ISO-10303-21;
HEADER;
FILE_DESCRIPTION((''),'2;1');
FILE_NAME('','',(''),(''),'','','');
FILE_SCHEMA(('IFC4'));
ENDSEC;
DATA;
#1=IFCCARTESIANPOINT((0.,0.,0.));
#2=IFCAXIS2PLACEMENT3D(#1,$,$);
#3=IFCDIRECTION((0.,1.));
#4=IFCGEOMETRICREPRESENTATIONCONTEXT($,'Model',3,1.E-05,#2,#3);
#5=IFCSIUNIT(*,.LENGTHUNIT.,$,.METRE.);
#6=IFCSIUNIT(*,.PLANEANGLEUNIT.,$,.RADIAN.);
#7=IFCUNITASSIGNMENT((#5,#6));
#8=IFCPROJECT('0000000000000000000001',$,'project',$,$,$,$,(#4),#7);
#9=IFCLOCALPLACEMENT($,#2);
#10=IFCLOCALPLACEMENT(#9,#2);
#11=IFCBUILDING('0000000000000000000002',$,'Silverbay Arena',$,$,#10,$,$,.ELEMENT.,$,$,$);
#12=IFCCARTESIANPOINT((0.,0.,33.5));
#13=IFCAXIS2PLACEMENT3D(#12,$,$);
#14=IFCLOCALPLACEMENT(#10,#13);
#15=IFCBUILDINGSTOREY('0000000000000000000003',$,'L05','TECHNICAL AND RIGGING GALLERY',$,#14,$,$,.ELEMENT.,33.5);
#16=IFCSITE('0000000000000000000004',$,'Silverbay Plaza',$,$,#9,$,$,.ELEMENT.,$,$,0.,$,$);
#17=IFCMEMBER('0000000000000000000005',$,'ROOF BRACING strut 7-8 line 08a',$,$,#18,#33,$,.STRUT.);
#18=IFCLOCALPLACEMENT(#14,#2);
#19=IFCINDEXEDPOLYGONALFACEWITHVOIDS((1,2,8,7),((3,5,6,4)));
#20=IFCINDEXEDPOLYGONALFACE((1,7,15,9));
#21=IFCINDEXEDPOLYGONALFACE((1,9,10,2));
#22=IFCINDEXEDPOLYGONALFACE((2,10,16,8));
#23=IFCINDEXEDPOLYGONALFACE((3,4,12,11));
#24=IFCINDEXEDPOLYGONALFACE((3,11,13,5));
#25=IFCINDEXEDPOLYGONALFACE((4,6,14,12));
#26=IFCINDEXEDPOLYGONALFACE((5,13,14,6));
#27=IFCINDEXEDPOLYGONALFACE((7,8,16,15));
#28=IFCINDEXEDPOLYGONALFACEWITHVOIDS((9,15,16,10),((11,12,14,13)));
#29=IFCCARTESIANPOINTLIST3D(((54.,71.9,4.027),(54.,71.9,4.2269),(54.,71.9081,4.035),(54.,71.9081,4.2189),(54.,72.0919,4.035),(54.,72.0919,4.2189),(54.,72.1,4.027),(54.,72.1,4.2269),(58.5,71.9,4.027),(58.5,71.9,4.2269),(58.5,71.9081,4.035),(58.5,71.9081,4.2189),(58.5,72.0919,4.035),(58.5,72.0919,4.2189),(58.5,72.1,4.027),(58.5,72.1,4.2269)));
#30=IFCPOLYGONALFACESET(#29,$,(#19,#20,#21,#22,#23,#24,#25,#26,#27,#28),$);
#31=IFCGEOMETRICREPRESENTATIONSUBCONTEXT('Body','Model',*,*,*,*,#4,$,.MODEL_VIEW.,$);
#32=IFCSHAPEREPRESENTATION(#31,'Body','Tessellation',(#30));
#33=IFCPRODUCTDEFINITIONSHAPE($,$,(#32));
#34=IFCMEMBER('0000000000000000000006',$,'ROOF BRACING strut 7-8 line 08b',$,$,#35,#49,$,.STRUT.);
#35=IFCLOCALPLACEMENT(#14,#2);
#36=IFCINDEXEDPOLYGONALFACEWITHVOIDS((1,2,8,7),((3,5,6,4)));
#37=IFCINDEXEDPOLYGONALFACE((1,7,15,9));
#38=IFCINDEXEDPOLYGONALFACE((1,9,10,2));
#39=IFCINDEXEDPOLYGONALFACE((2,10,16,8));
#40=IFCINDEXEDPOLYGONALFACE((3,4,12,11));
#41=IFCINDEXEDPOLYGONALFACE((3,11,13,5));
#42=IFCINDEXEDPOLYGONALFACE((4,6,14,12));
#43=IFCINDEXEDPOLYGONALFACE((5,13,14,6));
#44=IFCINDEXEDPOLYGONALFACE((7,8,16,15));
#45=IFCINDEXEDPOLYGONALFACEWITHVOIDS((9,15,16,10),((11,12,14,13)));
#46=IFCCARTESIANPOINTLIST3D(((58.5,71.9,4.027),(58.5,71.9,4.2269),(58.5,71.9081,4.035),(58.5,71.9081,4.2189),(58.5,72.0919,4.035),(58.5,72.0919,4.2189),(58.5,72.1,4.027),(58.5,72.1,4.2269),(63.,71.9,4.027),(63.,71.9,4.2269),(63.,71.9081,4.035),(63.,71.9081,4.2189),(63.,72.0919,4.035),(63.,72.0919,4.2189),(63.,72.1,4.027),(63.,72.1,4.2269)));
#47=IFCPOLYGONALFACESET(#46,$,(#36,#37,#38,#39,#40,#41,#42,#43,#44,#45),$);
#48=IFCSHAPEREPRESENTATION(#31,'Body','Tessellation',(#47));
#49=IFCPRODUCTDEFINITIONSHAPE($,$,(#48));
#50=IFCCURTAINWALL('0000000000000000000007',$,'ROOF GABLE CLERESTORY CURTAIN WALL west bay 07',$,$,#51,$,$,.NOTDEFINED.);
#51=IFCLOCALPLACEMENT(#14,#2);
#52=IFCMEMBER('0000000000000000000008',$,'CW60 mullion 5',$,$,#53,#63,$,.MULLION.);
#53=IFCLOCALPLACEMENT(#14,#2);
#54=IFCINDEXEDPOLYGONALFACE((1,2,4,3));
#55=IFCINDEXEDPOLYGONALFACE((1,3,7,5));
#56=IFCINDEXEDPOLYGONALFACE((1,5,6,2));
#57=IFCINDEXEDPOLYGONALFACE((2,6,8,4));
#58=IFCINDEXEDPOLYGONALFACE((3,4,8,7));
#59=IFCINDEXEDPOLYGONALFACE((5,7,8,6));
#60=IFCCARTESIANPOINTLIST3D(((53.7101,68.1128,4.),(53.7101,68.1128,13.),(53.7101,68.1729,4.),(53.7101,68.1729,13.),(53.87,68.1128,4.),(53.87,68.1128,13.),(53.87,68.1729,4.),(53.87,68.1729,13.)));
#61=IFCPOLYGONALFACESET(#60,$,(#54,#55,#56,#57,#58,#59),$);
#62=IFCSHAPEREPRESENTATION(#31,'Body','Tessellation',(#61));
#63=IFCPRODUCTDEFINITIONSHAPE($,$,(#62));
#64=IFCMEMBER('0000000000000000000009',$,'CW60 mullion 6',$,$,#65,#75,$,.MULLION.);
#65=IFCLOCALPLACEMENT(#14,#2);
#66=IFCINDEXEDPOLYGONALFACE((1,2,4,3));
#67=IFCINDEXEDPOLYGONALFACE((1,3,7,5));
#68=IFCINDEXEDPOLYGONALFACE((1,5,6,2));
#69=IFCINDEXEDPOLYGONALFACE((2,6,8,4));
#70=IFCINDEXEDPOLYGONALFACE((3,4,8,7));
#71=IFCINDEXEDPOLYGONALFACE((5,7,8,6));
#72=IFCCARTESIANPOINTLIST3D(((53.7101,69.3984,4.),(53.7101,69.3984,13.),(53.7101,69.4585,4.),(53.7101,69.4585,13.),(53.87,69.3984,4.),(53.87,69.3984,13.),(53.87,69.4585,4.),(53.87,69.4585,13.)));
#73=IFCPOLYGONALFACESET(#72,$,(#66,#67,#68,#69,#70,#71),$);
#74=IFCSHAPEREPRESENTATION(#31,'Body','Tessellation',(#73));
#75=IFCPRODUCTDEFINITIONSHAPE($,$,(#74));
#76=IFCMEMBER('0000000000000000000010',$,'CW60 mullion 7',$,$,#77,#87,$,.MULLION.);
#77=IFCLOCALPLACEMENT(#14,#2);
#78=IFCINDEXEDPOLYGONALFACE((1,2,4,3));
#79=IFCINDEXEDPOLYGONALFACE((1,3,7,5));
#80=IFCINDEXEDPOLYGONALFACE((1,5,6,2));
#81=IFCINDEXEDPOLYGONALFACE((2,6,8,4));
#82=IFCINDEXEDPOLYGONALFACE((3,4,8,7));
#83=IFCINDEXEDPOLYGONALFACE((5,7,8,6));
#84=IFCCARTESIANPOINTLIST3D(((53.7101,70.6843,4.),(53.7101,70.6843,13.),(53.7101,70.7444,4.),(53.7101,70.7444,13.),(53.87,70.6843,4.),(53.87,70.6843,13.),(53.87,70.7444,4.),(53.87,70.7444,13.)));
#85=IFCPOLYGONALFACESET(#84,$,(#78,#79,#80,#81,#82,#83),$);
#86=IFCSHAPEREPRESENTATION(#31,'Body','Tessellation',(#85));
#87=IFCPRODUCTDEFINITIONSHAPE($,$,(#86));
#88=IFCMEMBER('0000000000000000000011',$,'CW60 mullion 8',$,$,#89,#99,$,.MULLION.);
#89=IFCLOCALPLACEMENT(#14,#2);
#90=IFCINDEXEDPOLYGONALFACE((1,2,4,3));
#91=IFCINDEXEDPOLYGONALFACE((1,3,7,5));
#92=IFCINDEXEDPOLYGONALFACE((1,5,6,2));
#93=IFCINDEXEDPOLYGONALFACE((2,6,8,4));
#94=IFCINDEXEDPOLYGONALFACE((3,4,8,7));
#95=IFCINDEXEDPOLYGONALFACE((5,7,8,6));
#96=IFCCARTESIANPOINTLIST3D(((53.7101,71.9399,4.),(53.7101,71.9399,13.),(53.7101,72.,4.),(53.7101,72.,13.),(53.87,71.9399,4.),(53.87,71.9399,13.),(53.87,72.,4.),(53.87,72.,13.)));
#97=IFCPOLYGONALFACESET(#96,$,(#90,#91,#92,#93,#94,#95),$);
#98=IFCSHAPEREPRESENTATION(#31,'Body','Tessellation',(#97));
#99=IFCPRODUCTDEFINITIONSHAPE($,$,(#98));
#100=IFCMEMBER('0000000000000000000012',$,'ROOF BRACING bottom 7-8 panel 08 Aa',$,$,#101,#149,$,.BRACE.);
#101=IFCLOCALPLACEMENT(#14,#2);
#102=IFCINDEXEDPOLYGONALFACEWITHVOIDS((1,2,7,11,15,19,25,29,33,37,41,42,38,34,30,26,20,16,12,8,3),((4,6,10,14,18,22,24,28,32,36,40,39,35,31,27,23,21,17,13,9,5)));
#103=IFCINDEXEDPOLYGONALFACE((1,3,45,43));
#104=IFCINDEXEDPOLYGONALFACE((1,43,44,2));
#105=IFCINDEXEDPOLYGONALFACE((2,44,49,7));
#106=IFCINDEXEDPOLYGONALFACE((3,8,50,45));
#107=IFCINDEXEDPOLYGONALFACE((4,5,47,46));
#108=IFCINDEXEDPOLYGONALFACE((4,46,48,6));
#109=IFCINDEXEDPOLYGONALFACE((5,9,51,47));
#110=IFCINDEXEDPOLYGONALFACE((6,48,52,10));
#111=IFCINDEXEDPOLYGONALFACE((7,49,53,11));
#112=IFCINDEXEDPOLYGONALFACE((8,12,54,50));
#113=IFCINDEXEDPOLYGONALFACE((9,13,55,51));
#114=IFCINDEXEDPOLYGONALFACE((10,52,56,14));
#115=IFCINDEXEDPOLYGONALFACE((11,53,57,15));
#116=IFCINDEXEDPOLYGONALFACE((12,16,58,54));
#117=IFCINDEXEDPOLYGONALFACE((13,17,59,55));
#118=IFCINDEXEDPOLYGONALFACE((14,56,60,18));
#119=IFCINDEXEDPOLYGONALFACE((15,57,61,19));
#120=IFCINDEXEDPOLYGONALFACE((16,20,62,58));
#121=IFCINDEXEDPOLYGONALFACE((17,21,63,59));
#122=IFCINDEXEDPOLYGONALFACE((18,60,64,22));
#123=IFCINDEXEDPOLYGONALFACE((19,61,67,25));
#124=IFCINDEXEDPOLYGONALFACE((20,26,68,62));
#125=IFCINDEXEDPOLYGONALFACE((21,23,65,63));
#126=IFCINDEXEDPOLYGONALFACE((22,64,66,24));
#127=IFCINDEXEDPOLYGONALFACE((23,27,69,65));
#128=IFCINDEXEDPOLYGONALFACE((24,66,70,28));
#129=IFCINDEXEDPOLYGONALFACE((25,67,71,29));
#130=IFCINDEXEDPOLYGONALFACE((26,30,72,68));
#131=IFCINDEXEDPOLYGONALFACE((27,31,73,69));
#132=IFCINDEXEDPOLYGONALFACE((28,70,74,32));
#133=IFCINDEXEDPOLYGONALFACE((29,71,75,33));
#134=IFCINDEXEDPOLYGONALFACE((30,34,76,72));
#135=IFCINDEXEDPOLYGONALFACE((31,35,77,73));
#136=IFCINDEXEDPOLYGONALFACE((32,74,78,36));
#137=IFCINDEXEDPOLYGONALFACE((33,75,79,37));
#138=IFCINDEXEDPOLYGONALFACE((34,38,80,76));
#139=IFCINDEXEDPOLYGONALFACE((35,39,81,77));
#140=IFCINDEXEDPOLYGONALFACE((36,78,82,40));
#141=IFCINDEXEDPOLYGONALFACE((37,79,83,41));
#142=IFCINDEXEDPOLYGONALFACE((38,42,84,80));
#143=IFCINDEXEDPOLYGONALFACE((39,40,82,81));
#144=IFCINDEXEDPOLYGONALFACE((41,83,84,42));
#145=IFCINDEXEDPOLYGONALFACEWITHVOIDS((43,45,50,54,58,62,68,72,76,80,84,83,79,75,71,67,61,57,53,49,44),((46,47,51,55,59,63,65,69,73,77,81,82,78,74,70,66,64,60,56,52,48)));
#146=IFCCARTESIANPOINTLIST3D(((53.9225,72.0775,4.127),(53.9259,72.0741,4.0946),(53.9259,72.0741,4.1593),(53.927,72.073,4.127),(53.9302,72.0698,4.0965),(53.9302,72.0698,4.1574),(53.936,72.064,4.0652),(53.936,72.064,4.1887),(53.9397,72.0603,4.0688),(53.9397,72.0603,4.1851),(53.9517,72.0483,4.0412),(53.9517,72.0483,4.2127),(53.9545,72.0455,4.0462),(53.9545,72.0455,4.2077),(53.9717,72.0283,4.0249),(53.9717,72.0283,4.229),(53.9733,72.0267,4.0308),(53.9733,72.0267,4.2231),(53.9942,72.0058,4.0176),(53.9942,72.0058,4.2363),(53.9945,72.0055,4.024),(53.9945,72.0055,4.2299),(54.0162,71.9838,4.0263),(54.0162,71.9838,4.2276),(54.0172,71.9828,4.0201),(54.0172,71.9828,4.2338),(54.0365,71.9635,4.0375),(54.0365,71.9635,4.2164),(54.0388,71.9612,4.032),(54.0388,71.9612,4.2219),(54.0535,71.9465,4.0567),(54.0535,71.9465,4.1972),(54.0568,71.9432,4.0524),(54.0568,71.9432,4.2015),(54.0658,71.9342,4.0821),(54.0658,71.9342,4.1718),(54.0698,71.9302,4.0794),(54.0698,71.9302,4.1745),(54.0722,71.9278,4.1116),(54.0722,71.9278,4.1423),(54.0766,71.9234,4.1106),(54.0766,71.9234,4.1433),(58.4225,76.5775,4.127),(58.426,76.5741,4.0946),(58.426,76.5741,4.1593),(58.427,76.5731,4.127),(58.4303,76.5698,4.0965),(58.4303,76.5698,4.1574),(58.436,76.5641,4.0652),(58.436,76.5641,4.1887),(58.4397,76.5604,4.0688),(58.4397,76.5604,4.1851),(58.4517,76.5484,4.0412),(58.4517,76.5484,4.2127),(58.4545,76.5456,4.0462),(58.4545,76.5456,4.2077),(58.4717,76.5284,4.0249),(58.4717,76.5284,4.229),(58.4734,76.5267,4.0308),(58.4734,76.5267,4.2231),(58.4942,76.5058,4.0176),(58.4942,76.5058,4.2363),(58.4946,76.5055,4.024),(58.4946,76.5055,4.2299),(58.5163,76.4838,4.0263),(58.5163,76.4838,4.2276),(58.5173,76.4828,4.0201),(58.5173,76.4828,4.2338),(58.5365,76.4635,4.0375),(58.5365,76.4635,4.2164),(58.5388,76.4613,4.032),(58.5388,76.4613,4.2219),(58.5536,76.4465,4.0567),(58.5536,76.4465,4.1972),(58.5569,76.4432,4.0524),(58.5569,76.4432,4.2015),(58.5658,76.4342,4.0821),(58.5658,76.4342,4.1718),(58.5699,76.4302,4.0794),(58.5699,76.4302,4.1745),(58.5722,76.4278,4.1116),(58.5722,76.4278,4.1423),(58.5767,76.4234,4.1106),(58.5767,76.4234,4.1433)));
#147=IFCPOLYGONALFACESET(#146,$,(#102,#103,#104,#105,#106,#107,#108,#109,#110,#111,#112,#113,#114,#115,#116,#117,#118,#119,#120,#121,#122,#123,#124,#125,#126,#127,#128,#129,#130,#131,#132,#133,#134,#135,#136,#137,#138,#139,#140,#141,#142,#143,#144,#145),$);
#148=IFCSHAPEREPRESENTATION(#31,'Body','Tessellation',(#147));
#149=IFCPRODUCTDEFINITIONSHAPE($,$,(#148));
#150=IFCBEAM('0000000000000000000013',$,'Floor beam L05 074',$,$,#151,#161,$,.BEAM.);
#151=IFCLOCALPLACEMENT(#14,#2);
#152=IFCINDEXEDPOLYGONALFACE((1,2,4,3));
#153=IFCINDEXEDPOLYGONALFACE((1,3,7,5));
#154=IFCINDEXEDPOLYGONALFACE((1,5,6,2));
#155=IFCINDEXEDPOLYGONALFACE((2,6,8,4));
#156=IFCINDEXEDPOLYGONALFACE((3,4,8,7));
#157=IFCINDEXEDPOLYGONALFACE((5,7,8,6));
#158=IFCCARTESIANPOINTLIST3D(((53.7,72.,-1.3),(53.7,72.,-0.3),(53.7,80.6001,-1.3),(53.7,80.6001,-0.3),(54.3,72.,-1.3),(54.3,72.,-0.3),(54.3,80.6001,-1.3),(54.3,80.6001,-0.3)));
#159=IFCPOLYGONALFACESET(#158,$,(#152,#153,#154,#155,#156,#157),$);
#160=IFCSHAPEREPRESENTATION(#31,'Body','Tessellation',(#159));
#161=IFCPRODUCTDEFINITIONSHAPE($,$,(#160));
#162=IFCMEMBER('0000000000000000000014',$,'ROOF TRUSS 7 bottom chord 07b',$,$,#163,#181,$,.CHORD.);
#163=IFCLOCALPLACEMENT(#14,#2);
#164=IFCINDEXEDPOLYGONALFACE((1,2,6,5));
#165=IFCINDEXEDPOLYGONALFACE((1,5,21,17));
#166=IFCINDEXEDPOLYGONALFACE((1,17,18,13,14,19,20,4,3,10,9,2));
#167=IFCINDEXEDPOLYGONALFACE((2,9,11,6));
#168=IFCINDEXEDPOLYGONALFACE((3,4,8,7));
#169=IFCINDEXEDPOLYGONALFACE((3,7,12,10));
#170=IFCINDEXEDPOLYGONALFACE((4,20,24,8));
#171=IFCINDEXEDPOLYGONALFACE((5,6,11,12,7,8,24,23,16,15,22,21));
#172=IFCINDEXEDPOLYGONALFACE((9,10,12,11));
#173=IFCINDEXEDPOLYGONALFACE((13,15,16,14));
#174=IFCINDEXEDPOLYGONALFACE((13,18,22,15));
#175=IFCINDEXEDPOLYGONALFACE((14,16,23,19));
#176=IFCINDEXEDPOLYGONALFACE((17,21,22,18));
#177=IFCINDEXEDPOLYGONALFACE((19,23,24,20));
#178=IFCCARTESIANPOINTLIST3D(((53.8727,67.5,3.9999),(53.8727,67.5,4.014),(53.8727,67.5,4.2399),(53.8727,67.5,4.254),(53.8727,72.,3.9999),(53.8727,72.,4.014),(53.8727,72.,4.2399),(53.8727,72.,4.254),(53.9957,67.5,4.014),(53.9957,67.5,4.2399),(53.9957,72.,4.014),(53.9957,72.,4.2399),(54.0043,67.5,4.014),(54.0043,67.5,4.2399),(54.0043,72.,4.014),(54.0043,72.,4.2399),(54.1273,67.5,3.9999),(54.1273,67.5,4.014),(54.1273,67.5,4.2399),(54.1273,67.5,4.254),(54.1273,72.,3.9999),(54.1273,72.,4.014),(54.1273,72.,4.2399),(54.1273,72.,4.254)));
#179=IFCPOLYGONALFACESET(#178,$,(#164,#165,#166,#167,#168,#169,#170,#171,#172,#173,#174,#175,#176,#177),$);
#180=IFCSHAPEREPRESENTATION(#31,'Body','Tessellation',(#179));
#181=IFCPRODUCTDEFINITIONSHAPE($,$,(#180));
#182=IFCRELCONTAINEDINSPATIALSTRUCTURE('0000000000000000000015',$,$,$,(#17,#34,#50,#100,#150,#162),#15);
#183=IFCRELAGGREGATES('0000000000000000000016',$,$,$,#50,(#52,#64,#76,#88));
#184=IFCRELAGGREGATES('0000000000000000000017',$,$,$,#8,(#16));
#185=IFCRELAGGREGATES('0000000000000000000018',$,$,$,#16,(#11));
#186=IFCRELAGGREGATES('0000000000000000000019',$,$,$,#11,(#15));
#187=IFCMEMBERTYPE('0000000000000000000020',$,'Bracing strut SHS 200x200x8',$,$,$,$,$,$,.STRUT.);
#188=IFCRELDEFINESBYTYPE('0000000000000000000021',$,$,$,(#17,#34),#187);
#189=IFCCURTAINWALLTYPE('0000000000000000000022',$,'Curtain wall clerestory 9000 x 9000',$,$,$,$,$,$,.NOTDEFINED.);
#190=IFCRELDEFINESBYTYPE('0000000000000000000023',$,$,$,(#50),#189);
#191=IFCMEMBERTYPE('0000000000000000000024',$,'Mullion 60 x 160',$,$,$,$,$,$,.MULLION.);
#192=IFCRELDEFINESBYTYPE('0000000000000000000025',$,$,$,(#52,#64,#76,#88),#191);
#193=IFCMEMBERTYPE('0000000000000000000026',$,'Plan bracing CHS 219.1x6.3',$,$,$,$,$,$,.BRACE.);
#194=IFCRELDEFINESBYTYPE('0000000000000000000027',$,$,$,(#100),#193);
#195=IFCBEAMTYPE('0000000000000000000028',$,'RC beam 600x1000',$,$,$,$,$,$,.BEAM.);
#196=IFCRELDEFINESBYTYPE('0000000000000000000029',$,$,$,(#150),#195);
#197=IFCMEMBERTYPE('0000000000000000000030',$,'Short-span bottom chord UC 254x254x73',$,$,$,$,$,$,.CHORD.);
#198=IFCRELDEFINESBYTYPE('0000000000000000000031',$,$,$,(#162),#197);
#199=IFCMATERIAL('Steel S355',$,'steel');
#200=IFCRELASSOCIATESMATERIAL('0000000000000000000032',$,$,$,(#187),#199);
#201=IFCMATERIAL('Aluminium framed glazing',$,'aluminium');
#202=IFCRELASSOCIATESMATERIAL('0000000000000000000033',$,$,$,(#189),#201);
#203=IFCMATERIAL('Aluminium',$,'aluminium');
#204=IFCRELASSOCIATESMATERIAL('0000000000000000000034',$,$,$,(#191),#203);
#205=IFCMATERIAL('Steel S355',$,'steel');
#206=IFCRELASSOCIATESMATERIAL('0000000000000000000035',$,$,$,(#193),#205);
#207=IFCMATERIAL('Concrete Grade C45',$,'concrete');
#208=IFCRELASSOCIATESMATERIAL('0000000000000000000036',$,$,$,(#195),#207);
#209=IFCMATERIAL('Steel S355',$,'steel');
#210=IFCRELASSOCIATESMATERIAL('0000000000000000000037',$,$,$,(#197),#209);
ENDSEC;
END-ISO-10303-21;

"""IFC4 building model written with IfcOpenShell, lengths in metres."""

from ifc_helpers import new_model, si_unit, direction, frame, origin, origin_2d, place, context, subcontext, project, spatial, rectangle, hollow_rectangle, hollow_circle, i_section, extrude, material, material_profile, profile_set, type_object, element, aggregate, save


model = new_model("IFC4")

# Units and contexts
model_context = context("Model", 3, precision=1e-05, world=origin(), true_north=direction((0.0, 1.0)))
body_context = subcontext(model_context, "Body", "Model", "MODEL_VIEW")
ifc_project = project(units=[si_unit("LENGTHUNIT", "METRE"), si_unit("PLANEANGLEUNIT", "RADIAN")], contexts=[model_context])

# Site, building, storey
site_placement = place(None, origin())
site = spatial("IfcSite", under=ifc_project, at=site_placement, Name="Silverbay Plaza", CompositionType="ELEMENT", RefElevation=0.0)
building_placement = place(site_placement, origin())
building = spatial("IfcBuilding", under=site, at=building_placement, Name="Silverbay Arena", CompositionType="ELEMENT")
storey_placement = place(building_placement, frame((0.0, 0.0, 33.5)))
storey = spatial("IfcBuildingStorey", under=building, at=storey_placement, Name="L05", Description="TECHNICAL AND RIGGING GALLERY", CompositionType="ELEMENT", Elevation=33.5)

# Members
ifc_material_1 = material(Name="Steel S355", Category="steel")
ifc_material_profile_1 = material_profile(ifc_material_1, hollow_rectangle(XDim=0.2, YDim=0.2, WallThickness=0.0081, at=origin_2d()), Name="SHS 200x200x8")
ifc_profile_set_1 = profile_set([ifc_material_profile_1], Name="Steel S355")
member_type_1 = type_object("IfcMemberType", Name="Bracing strut SHS 200x200x8", PredefinedType="STRUT", material=ifc_profile_set_1)
for number, where, z_axis, x_axis, name in (
    (1, (54.0, 72.0, 4.127), (1.0, 0.0, 0.0), (0.0, 1.0, 0.0), "ROOF BRACING strut 7-8 line 08a"),
    (2, (58.5, 72.0, 4.127), (1.0, 0.0, 0.0), (0.0, 1.0, 0.0), "ROOF BRACING strut 7-8 line 08b"),
):
    element("IfcMember", number, at=place(storey_placement, frame(where, z_axis=z_axis, x_axis=x_axis)), inside=storey, type_object=member_type_1, Name=name, PredefinedType="STRUT", context=body_context, shape_type="SweptSolid", body=[
        extrude(hollow_rectangle(XDim=0.2, YDim=0.2, WallThickness=0.0081, at=origin_2d()), origin(), (0.0, 0.0, 1.0), 4.5),
    ])

# Curtain wall, members
ifc_material_2 = material(Name="Aluminium framed glazing", Category="aluminium")
curtain_wall_type = type_object("IfcCurtainWallType", Name="Curtain wall clerestory 9000 x 9000", PredefinedType="NOTDEFINED", material=ifc_material_2)
curtain_wall_placement = place(storey_placement, origin())
curtain_wall = element("IfcCurtainWall", 3, at=curtain_wall_placement, inside=storey, type_object=curtain_wall_type, Name="ROOF GABLE CLERESTORY CURTAIN WALL west bay 07", PredefinedType="NOTDEFINED")
ifc_material_3 = material(Name="Aluminium", Category="aluminium")
ifc_material_profile_2 = material_profile(ifc_material_3, rectangle(XDim=0.1599, YDim=0.0601, at=origin_2d()), Name="Mullion 60 x 160")
ifc_profile_set_2 = profile_set([ifc_material_profile_2], Name="Aluminium")
member_type_2 = type_object("IfcMemberType", Name="Mullion 60 x 160", PredefinedType="MULLION", material=ifc_profile_set_2)
member_1_placement = place(storey_placement, frame((53.79, 68.1428, 4.0), z_axis=(0.0, 0.0, 1.0), x_axis=(-1.0, 0.0, 0.0)))
member_1 = element("IfcMember", 4, at=member_1_placement, type_object=member_type_2, Name="CW60 mullion 5", PredefinedType="MULLION", context=body_context, shape_type="SweptSolid", body=[
    extrude(rectangle(XDim=0.1599, YDim=0.0601, at=origin_2d()), origin(), (0.0, 0.0, 1.0), 9.0),
])
member_2_placement = place(storey_placement, frame((53.79, 69.4285, 4.0), z_axis=(0.0, 0.0, 1.0), x_axis=(-1.0, 0.0, 0.0)))
member_2 = element("IfcMember", 5, at=member_2_placement, type_object=member_type_2, Name="CW60 mullion 6", PredefinedType="MULLION", context=body_context, shape_type="SweptSolid", body=[
    extrude(rectangle(XDim=0.1599, YDim=0.0601, at=origin_2d()), origin(), (0.0, 0.0, 1.0), 9.0),
])
member_3_placement = place(storey_placement, frame((53.79, 70.7144, 4.0), z_axis=(0.0, 0.0, 1.0), x_axis=(-1.0, 0.0, 0.0)))
member_3 = element("IfcMember", 6, at=member_3_placement, type_object=member_type_2, Name="CW60 mullion 7", PredefinedType="MULLION", context=body_context, shape_type="SweptSolid", body=[
    extrude(rectangle(XDim=0.1599, YDim=0.0601, at=origin_2d()), origin(), (0.0, 0.0, 1.0), 9.0),
])
member_4_placement = place(storey_placement, frame((53.79, 71.97, 4.0), z_axis=(0.0, 0.0, 1.0), x_axis=(-1.0, 0.0, 0.0)))
member_4 = element("IfcMember", 7, at=member_4_placement, type_object=member_type_2, Name="CW60 mullion 8", PredefinedType="MULLION", context=body_context, shape_type="SweptSolid", body=[
    extrude(rectangle(XDim=0.1599, YDim=0.0601, at=origin_2d()), origin(), (0.0, 0.0, 1.0), 9.0),
])

# Member
ifc_material_4 = material(Name="Steel S355", Category="steel")
ifc_material_profile_3 = material_profile(ifc_material_4, hollow_circle(Radius=0.1096, WallThickness=0.0063, at=origin_2d()), Name="CHS 219.1x6.3")
ifc_profile_set_3 = profile_set([ifc_material_profile_3], Name="Steel S355")
member_type_3 = type_object("IfcMemberType", Name="Plan bracing CHS 219.1x6.3", PredefinedType="BRACE", material=ifc_profile_set_3)
member_5_placement = place(storey_placement, frame((54.0, 72.0, 4.127), z_axis=(0.707107, 0.707107, 0.0), x_axis=(-0.707107, 0.707107, 0.0)))
element("IfcMember", 8, at=member_5_placement, inside=storey, type_object=member_type_3, Name="ROOF BRACING bottom 7-8 panel 08 Aa", PredefinedType="BRACE", context=body_context, shape_type="SweptSolid", body=[
    extrude(hollow_circle(Radius=0.1096, WallThickness=0.0063, at=origin_2d()), origin(), (0.0, 0.0, 1.0), 6.364),
])

# Beam
ifc_material_5 = material(Name="Concrete Grade C45", Category="concrete")
ifc_material_profile_4 = material_profile(ifc_material_5, rectangle(XDim=0.6001, YDim=1.0, at=origin_2d()), Name="RC 600x1000")
ifc_profile_set_4 = profile_set([ifc_material_profile_4], Name="Concrete Grade C45")
beam_type = type_object("IfcBeamType", Name="RC beam 600x1000", PredefinedType="BEAM", material=ifc_profile_set_4)
beam_placement = place(storey_placement, frame((54.0, 72.0, -0.8), z_axis=(0.0, 1.0, 0.0), x_axis=(-1.0, 0.0, 0.0)))
element("IfcBeam", 9, at=beam_placement, inside=storey, type_object=beam_type, Name="Floor beam L05 074", PredefinedType="BEAM", context=body_context, shape_type="SweptSolid", body=[
    extrude(rectangle(XDim=0.6001, YDim=1.0, at=origin_2d()), origin(), (0.0, 0.0, 1.0), 8.6001),
])

# Member
ifc_material_6 = material(Name="Steel S355", Category="steel")
ifc_material_profile_5 = material_profile(ifc_material_6, i_section(OverallWidth=0.2546, OverallDepth=0.2542, WebThickness=0.0085, FlangeThickness=0.0142, at=origin_2d()), Name="UC 254x254x73")
ifc_profile_set_5 = profile_set([ifc_material_profile_5], Name="Steel S355")
member_type_4 = type_object("IfcMemberType", Name="Short-span bottom chord UC 254x254x73", PredefinedType="CHORD", material=ifc_profile_set_5)
for number, where, z_axis, x_axis, name in (
    (10, (54.0, 67.5, 4.127), (0.0, 1.0, 0.0), (-1.0, 0.0, 0.0), "ROOF TRUSS 7 bottom chord 07b"),
):
    element("IfcMember", number, at=place(storey_placement, frame(where, z_axis=z_axis, x_axis=x_axis)), inside=storey, type_object=member_type_4, Name=name, PredefinedType="CHORD", context=body_context, shape_type="SweptSolid", body=[
        extrude(i_section(OverallWidth=0.2546, OverallDepth=0.2542, WebThickness=0.0085, FlangeThickness=0.0142, at=origin_2d()), origin(), (0.0, 0.0, 1.0), 4.5),
    ])

aggregate(curtain_wall, [member_1, member_2, member_3, member_4])

save(model, "model.ifc")
